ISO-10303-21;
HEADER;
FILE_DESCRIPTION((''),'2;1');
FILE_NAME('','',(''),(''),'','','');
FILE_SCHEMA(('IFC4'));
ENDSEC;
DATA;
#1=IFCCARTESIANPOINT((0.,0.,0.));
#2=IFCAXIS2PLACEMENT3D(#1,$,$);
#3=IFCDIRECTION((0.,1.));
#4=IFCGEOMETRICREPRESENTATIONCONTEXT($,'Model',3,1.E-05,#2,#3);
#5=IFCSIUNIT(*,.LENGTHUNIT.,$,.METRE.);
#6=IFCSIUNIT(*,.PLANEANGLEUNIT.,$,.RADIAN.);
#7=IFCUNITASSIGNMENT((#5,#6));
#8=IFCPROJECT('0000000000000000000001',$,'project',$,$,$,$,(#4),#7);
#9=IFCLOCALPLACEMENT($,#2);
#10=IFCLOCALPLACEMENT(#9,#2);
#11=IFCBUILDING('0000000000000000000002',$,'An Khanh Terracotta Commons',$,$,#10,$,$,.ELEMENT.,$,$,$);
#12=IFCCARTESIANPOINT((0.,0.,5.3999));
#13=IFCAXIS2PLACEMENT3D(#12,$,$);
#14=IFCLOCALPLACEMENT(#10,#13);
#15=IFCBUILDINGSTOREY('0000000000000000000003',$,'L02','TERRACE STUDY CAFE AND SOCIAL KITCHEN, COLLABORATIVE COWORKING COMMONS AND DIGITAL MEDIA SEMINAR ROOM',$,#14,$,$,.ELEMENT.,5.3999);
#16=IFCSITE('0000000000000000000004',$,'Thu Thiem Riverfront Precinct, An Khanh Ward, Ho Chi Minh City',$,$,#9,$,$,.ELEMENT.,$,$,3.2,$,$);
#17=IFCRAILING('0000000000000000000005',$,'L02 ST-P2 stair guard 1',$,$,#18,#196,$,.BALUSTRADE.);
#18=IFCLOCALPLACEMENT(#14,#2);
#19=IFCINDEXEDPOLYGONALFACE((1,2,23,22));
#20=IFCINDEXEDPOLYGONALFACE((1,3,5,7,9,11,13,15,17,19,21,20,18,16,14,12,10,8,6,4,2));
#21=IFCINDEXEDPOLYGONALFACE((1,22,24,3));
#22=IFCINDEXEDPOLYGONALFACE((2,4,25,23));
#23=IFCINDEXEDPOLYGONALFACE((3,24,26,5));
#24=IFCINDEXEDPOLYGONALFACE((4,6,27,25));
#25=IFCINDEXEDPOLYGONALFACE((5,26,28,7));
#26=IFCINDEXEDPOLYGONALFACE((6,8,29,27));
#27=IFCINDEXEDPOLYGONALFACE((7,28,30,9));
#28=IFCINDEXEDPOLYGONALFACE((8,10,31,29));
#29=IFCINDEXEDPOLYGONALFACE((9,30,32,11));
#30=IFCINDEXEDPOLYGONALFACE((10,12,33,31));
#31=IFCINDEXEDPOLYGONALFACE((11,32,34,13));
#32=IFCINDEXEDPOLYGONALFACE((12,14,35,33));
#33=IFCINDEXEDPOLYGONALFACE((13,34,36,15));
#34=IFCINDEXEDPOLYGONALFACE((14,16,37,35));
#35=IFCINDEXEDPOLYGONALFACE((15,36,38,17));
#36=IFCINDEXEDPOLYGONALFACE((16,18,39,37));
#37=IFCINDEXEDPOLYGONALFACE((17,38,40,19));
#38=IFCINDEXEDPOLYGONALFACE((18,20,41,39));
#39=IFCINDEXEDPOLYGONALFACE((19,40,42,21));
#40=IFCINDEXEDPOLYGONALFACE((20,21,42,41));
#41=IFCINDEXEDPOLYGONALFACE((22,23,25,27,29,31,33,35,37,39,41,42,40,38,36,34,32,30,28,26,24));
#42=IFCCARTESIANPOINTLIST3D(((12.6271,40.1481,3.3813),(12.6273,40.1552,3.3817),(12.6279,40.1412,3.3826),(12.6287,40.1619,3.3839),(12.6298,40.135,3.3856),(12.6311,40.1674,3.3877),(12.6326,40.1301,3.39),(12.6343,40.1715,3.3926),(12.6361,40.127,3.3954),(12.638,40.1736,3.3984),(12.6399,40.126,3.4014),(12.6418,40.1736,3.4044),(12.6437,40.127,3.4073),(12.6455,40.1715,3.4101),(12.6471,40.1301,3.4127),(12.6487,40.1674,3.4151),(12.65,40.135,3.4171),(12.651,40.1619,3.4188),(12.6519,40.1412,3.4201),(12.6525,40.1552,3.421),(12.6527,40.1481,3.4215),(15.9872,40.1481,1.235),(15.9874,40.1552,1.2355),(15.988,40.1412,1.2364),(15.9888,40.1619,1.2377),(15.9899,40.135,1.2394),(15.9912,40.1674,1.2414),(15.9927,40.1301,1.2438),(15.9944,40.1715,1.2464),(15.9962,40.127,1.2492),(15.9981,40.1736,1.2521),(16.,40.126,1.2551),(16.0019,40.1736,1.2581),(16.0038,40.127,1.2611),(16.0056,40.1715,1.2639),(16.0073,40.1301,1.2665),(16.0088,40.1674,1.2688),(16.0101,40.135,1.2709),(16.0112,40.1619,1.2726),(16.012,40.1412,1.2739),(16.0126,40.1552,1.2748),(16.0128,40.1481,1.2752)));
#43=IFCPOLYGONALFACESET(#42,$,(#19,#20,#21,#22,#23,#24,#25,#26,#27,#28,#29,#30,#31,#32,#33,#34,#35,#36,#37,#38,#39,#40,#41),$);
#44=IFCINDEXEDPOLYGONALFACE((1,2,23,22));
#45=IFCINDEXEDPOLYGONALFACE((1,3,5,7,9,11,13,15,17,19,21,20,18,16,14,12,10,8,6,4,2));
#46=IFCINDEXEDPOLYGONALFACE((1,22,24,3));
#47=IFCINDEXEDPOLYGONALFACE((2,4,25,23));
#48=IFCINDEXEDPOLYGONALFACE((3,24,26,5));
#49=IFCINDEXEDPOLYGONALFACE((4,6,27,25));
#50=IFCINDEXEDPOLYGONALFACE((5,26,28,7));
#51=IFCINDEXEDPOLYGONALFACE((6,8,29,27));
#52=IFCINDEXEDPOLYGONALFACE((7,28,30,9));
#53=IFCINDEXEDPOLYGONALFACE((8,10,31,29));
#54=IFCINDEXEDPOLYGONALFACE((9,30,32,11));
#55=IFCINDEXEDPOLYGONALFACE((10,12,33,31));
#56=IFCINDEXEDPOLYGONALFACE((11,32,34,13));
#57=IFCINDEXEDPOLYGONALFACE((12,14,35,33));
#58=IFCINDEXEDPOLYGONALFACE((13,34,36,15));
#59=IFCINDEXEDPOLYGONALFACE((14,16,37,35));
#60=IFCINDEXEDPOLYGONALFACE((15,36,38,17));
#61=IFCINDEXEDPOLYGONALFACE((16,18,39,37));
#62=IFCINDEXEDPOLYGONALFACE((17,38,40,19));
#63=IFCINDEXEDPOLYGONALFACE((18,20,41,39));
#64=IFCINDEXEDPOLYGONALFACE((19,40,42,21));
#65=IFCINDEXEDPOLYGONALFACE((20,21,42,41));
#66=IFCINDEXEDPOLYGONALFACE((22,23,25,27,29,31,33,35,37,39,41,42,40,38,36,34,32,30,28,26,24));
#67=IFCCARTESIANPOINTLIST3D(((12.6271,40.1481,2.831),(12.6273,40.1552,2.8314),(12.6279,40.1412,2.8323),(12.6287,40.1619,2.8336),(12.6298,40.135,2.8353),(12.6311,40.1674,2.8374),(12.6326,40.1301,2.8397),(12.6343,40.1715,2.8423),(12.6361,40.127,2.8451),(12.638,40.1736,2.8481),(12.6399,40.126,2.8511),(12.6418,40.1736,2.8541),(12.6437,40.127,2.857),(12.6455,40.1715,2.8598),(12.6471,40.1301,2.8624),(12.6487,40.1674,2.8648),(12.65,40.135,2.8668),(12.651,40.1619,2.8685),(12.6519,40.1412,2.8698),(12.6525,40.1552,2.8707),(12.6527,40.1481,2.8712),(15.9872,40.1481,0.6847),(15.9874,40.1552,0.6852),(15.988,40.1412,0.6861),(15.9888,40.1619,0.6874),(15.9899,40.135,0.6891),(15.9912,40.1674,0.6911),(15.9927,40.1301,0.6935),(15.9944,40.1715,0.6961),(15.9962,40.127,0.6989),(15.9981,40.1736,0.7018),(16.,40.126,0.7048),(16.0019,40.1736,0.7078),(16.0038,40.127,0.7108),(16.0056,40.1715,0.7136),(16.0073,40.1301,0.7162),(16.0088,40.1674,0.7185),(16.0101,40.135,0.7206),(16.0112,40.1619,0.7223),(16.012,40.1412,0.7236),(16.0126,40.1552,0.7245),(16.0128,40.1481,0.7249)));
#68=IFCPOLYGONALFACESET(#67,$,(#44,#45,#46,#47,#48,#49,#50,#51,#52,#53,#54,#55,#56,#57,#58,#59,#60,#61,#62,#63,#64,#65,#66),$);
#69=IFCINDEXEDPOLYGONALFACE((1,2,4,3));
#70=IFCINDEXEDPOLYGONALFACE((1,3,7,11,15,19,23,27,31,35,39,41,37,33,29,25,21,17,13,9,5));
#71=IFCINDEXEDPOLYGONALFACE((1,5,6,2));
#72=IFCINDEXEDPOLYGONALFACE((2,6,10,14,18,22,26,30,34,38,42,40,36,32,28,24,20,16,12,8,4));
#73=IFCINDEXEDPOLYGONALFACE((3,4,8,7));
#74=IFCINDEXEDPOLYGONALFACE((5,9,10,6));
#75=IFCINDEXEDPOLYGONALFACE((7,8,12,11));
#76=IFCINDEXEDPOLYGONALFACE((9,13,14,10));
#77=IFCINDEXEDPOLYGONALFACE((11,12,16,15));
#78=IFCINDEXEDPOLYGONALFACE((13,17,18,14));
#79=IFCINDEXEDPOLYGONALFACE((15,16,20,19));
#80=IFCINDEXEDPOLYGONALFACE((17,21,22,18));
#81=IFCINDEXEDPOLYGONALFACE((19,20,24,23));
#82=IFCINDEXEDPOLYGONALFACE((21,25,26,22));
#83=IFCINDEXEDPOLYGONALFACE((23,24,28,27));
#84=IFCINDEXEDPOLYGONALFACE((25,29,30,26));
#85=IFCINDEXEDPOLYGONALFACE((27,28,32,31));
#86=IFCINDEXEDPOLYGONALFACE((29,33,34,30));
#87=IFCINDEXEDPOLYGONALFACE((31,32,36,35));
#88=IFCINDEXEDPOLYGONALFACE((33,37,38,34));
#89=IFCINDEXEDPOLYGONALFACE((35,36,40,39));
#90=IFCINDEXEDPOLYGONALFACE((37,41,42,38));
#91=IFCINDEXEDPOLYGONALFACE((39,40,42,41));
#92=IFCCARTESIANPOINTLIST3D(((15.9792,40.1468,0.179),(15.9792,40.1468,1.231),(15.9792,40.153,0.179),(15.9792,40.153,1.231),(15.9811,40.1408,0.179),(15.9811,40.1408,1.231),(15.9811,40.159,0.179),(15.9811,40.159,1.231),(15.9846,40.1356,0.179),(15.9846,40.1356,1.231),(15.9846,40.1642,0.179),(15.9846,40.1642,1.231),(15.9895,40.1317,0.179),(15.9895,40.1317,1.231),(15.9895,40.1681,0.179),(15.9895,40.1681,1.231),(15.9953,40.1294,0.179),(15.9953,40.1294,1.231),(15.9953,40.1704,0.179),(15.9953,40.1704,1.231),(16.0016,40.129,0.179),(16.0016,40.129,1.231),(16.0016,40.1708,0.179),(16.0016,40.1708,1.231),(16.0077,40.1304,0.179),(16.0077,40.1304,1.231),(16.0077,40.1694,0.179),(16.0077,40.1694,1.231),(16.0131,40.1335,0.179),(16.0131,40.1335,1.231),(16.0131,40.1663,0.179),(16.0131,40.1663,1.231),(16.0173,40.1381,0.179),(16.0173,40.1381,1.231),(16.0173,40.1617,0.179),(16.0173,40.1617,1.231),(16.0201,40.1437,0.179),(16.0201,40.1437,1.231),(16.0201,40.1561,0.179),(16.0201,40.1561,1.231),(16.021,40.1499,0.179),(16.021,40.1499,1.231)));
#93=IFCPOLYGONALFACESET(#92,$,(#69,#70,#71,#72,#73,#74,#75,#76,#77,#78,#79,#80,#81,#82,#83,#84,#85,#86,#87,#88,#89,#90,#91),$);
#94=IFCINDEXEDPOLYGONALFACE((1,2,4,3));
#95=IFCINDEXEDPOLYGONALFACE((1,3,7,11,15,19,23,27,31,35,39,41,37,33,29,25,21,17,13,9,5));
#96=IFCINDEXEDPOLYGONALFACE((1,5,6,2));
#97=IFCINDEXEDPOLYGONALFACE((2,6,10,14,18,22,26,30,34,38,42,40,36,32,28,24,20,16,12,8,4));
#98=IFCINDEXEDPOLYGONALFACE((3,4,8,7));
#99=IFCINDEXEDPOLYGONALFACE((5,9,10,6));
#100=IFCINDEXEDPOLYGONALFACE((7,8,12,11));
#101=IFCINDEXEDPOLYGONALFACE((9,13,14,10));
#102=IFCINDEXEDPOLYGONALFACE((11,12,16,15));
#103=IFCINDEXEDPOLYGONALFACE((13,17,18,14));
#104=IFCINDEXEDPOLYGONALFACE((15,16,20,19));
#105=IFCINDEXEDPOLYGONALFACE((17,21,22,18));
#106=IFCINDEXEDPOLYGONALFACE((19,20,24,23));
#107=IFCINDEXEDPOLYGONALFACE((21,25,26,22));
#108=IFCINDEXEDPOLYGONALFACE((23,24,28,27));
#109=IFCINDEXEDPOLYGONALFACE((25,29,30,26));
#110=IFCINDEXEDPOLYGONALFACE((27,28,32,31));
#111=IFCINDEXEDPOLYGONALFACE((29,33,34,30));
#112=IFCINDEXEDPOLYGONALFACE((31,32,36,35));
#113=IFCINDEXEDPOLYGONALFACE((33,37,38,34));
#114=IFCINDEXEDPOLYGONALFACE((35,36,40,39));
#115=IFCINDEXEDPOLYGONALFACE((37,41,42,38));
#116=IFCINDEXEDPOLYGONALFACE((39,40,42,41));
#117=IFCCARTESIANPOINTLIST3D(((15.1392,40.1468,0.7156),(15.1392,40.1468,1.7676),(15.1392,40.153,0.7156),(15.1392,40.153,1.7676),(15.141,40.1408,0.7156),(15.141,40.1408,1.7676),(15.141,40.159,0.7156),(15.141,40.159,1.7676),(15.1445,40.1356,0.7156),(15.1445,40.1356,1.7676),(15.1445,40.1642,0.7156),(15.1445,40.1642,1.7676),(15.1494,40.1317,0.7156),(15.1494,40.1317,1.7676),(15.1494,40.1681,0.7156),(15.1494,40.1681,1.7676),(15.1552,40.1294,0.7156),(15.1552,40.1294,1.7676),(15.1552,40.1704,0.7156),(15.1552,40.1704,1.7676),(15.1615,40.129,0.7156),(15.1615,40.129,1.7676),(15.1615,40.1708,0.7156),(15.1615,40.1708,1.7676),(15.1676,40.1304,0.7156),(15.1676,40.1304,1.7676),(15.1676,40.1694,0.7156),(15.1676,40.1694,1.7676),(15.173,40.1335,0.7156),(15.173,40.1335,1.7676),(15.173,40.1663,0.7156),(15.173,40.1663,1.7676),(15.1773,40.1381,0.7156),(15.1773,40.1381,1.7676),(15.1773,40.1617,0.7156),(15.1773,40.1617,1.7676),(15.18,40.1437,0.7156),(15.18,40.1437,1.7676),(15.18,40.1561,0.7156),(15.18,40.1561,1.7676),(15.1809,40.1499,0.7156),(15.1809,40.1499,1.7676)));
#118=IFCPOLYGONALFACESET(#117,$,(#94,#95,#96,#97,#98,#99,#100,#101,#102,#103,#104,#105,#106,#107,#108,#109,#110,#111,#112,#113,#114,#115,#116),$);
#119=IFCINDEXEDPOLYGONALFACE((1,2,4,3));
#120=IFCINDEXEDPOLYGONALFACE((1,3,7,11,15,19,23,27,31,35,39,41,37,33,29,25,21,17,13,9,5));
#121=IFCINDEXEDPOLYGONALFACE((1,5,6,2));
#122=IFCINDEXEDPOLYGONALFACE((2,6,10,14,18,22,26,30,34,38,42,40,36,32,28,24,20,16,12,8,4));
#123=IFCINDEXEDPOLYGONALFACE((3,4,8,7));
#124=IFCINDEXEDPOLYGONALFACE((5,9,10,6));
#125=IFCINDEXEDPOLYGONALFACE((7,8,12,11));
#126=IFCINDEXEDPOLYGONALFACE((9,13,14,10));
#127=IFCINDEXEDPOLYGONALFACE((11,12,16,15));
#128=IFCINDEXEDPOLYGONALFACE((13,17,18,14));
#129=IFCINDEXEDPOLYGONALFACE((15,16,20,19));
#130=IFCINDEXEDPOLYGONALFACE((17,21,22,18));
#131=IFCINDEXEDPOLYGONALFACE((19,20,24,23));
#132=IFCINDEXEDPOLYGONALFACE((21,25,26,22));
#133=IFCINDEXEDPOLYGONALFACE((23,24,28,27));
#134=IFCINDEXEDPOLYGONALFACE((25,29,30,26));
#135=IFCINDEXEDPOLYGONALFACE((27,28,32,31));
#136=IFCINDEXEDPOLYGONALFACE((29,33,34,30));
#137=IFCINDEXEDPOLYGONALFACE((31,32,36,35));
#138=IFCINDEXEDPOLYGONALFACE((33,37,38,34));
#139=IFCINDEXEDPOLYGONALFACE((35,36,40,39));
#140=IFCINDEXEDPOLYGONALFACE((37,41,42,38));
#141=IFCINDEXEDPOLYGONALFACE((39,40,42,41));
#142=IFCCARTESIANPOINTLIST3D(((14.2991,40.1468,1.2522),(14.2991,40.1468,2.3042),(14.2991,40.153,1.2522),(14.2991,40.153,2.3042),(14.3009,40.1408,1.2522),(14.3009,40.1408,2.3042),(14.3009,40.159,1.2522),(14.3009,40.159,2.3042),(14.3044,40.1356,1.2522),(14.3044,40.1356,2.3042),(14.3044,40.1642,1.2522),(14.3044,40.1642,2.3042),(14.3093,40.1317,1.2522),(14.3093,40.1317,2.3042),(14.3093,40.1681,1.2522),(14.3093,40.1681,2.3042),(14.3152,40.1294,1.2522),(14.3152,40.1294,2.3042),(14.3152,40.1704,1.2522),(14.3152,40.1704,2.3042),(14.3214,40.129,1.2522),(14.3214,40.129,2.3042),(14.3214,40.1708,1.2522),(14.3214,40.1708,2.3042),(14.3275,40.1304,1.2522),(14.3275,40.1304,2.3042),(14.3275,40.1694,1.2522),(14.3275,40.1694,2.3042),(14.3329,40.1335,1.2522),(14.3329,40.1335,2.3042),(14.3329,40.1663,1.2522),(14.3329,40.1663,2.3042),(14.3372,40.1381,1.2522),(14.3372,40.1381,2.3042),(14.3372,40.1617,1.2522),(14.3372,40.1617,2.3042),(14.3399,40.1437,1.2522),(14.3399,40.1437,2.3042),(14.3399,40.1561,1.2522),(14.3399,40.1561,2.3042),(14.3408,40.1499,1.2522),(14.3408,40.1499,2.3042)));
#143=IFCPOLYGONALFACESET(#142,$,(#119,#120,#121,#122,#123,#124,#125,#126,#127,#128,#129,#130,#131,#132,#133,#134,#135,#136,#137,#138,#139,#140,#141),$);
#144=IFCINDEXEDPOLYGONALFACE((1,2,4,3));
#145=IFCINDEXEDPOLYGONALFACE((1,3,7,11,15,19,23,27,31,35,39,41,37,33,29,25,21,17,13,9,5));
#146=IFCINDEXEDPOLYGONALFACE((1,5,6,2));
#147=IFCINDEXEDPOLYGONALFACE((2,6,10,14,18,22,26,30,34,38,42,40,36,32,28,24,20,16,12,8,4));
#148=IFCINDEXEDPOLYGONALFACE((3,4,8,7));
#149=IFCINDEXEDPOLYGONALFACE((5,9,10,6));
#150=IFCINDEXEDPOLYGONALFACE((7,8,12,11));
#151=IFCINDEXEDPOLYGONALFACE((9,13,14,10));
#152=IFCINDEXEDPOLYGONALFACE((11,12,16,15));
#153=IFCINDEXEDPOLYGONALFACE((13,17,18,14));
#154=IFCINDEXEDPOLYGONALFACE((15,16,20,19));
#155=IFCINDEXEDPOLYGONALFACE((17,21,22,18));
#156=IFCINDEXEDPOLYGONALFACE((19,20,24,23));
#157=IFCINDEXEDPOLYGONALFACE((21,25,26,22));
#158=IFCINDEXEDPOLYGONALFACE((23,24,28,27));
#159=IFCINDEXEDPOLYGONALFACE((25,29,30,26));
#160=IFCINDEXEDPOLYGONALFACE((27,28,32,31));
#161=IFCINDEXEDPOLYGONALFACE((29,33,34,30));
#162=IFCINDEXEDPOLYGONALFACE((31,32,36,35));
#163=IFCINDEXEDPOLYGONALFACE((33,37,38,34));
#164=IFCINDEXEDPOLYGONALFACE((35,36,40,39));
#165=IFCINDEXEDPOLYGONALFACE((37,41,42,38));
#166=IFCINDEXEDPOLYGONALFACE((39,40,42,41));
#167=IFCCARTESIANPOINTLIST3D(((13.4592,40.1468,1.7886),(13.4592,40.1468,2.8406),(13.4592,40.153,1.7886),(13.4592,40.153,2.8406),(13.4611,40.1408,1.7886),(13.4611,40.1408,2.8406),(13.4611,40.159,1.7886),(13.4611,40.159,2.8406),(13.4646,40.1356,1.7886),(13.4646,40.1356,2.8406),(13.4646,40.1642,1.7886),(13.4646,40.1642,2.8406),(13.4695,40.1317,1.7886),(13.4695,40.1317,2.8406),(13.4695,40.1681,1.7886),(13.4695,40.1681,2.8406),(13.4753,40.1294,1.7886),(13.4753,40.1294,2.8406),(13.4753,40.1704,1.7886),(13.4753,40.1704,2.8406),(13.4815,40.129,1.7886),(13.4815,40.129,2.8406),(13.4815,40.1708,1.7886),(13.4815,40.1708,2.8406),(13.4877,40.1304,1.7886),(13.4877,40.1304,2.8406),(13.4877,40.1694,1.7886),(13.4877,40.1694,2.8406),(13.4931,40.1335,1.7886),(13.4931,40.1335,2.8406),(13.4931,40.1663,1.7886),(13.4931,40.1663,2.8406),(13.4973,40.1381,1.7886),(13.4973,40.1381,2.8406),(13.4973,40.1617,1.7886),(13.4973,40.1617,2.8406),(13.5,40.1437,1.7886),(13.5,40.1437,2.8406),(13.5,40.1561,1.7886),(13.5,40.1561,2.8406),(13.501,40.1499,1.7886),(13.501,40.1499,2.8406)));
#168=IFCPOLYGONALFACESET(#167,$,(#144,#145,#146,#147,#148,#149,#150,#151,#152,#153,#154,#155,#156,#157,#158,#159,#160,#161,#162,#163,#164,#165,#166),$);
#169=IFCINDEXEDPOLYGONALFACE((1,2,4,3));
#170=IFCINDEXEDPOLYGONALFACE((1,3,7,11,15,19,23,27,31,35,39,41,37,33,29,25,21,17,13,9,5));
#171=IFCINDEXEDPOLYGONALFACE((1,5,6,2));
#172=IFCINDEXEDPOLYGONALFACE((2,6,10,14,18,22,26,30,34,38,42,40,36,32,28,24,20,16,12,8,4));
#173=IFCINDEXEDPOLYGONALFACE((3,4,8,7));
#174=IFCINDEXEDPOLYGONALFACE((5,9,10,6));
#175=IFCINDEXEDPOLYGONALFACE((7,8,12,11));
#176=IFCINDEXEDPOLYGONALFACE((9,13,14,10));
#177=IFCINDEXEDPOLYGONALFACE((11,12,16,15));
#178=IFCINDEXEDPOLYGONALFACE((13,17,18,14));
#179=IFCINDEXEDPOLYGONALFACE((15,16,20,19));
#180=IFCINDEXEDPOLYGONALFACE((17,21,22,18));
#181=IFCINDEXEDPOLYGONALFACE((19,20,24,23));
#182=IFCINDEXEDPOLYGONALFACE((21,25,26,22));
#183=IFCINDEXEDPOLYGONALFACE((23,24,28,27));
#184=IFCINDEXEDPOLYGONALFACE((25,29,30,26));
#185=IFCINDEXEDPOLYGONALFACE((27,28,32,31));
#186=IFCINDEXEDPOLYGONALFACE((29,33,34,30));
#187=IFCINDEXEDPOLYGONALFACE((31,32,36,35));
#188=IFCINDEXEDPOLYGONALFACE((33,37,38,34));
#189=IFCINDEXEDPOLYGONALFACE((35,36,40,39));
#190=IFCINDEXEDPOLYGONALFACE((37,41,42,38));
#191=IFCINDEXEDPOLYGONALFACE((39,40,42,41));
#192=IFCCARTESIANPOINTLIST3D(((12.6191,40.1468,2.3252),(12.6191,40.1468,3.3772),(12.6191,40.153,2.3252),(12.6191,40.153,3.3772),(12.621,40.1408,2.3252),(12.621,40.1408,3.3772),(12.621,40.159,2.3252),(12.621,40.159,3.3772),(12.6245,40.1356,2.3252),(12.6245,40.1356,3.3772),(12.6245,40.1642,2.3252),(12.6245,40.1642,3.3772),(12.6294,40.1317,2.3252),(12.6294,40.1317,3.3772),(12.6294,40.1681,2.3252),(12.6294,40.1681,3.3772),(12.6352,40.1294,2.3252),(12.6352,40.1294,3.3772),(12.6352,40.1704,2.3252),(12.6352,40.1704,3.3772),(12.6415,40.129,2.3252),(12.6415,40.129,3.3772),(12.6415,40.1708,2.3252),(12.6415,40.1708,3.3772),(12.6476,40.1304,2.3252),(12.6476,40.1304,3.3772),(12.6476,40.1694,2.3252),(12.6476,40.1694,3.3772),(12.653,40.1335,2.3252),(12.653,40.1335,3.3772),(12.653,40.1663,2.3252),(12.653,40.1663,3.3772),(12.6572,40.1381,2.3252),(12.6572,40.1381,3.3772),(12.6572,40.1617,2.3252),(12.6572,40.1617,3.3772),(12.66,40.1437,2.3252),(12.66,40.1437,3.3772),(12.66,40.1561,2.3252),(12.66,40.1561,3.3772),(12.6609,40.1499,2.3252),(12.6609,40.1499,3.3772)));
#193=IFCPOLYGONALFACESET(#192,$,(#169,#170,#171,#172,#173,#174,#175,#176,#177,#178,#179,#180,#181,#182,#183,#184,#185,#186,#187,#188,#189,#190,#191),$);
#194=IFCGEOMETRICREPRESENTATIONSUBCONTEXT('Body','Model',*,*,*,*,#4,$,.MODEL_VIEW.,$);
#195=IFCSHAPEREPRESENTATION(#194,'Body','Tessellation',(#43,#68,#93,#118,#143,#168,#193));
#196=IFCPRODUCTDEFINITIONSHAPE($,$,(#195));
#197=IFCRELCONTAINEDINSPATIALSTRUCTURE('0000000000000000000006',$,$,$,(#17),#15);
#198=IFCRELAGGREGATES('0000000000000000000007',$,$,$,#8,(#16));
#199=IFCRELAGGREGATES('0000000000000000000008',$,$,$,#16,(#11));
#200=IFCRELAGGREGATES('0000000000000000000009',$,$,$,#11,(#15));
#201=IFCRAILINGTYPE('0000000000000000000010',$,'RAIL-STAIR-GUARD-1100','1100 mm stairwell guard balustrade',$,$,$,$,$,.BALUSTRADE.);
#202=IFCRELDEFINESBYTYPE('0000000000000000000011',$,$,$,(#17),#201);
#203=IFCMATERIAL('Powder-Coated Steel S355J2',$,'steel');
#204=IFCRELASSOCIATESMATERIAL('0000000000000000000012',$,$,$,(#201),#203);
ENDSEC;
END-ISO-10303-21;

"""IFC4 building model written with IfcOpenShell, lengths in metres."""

from ifc_helpers import new_model, si_unit, direction, frame, origin, origin_2d, place, context, subcontext, project, spatial, circle, extrude, material, type_object, element, save


model = new_model("IFC4")

# Units and contexts
model_context = context("Model", 3, precision=1e-05, world=origin(), true_north=direction((0.0, 1.0)))
body_context = subcontext(model_context, "Body", "Model", "MODEL_VIEW")
ifc_project = project(units=[si_unit("LENGTHUNIT", "METRE"), si_unit("PLANEANGLEUNIT", "RADIAN")], contexts=[model_context])

# Site, building, storey
site_placement = place(None, origin())
site = spatial("IfcSite", under=ifc_project, at=site_placement, Name="Thu Thiem Riverfront Precinct, An Khanh Ward, Ho Chi Minh City", CompositionType="ELEMENT", RefElevation=3.2)
building_placement = place(site_placement, origin())
building = spatial("IfcBuilding", under=site, at=building_placement, Name="An Khanh Terracotta Commons", CompositionType="ELEMENT")
storey_placement = place(building_placement, frame((0.0, 0.0, 5.3999)))
storey = spatial("IfcBuildingStorey", under=building, at=storey_placement, Name="L02", Description="TERRACE STUDY CAFE AND SOCIAL KITCHEN, COLLABORATIVE COWORKING COMMONS AND DIGITAL MEDIA SEMINAR ROOM", CompositionType="ELEMENT", Elevation=5.3999)

# Railing
ifc_material_1 = material(Name="Powder-Coated Steel S355J2", Category="steel")
railing_type_1 = type_object("IfcRailingType", Name="RAIL-STAIR-GUARD-1100", Description="1100 mm stairwell guard balustrade", PredefinedType="BALUSTRADE", material=ifc_material_1)
railing_1_placement = place(storey_placement, frame((16.0, 40.1499, 0.179)))
element("IfcRailing", 1, at=railing_1_placement, inside=storey, type_object=railing_type_1, Name="L02 ST-P2 stair guard 1", PredefinedType="BALUSTRADE", context=body_context, shape_type="SweptSolid", body=[
    extrude(circle(Radius=0.0239, at=origin_2d()), frame((0.0, 0.0, 1.0762), z_axis=(-0.842753, 0.0, 0.538301), x_axis=(0.0, -1.0, 0.0)), (0.0, 0.0, 1.0), 3.9871),
    extrude(circle(Radius=0.0239, at=origin_2d()), frame((0.0, 0.0, 0.5259), z_axis=(-0.842753, 0.0, 0.538301), x_axis=(0.0, -1.0, 0.0)), (0.0, 0.0, 1.0), 3.9871),
    extrude(circle(Radius=0.021, at=origin_2d()), origin(), (0.0, 0.0, 1.0), 1.052),
    extrude(circle(Radius=0.021, at=origin_2d()), frame((-0.8401, 0.0, 0.5366)), (0.0, 0.0, 1.0), 1.052),
    extrude(circle(Radius=0.021, at=origin_2d()), frame((-1.6802, 0.0, 1.0732)), (0.0, 0.0, 1.0), 1.052),
    extrude(circle(Radius=0.021, at=origin_2d()), frame((-2.52, 0.0, 1.6096)), (0.0, 0.0, 1.0), 1.052),
    extrude(circle(Radius=0.021, at=origin_2d()), frame((-3.3601, 0.0, 2.1462)), (0.0, 0.0, 1.0), 1.052),
])

save(model, "model.ifc")
